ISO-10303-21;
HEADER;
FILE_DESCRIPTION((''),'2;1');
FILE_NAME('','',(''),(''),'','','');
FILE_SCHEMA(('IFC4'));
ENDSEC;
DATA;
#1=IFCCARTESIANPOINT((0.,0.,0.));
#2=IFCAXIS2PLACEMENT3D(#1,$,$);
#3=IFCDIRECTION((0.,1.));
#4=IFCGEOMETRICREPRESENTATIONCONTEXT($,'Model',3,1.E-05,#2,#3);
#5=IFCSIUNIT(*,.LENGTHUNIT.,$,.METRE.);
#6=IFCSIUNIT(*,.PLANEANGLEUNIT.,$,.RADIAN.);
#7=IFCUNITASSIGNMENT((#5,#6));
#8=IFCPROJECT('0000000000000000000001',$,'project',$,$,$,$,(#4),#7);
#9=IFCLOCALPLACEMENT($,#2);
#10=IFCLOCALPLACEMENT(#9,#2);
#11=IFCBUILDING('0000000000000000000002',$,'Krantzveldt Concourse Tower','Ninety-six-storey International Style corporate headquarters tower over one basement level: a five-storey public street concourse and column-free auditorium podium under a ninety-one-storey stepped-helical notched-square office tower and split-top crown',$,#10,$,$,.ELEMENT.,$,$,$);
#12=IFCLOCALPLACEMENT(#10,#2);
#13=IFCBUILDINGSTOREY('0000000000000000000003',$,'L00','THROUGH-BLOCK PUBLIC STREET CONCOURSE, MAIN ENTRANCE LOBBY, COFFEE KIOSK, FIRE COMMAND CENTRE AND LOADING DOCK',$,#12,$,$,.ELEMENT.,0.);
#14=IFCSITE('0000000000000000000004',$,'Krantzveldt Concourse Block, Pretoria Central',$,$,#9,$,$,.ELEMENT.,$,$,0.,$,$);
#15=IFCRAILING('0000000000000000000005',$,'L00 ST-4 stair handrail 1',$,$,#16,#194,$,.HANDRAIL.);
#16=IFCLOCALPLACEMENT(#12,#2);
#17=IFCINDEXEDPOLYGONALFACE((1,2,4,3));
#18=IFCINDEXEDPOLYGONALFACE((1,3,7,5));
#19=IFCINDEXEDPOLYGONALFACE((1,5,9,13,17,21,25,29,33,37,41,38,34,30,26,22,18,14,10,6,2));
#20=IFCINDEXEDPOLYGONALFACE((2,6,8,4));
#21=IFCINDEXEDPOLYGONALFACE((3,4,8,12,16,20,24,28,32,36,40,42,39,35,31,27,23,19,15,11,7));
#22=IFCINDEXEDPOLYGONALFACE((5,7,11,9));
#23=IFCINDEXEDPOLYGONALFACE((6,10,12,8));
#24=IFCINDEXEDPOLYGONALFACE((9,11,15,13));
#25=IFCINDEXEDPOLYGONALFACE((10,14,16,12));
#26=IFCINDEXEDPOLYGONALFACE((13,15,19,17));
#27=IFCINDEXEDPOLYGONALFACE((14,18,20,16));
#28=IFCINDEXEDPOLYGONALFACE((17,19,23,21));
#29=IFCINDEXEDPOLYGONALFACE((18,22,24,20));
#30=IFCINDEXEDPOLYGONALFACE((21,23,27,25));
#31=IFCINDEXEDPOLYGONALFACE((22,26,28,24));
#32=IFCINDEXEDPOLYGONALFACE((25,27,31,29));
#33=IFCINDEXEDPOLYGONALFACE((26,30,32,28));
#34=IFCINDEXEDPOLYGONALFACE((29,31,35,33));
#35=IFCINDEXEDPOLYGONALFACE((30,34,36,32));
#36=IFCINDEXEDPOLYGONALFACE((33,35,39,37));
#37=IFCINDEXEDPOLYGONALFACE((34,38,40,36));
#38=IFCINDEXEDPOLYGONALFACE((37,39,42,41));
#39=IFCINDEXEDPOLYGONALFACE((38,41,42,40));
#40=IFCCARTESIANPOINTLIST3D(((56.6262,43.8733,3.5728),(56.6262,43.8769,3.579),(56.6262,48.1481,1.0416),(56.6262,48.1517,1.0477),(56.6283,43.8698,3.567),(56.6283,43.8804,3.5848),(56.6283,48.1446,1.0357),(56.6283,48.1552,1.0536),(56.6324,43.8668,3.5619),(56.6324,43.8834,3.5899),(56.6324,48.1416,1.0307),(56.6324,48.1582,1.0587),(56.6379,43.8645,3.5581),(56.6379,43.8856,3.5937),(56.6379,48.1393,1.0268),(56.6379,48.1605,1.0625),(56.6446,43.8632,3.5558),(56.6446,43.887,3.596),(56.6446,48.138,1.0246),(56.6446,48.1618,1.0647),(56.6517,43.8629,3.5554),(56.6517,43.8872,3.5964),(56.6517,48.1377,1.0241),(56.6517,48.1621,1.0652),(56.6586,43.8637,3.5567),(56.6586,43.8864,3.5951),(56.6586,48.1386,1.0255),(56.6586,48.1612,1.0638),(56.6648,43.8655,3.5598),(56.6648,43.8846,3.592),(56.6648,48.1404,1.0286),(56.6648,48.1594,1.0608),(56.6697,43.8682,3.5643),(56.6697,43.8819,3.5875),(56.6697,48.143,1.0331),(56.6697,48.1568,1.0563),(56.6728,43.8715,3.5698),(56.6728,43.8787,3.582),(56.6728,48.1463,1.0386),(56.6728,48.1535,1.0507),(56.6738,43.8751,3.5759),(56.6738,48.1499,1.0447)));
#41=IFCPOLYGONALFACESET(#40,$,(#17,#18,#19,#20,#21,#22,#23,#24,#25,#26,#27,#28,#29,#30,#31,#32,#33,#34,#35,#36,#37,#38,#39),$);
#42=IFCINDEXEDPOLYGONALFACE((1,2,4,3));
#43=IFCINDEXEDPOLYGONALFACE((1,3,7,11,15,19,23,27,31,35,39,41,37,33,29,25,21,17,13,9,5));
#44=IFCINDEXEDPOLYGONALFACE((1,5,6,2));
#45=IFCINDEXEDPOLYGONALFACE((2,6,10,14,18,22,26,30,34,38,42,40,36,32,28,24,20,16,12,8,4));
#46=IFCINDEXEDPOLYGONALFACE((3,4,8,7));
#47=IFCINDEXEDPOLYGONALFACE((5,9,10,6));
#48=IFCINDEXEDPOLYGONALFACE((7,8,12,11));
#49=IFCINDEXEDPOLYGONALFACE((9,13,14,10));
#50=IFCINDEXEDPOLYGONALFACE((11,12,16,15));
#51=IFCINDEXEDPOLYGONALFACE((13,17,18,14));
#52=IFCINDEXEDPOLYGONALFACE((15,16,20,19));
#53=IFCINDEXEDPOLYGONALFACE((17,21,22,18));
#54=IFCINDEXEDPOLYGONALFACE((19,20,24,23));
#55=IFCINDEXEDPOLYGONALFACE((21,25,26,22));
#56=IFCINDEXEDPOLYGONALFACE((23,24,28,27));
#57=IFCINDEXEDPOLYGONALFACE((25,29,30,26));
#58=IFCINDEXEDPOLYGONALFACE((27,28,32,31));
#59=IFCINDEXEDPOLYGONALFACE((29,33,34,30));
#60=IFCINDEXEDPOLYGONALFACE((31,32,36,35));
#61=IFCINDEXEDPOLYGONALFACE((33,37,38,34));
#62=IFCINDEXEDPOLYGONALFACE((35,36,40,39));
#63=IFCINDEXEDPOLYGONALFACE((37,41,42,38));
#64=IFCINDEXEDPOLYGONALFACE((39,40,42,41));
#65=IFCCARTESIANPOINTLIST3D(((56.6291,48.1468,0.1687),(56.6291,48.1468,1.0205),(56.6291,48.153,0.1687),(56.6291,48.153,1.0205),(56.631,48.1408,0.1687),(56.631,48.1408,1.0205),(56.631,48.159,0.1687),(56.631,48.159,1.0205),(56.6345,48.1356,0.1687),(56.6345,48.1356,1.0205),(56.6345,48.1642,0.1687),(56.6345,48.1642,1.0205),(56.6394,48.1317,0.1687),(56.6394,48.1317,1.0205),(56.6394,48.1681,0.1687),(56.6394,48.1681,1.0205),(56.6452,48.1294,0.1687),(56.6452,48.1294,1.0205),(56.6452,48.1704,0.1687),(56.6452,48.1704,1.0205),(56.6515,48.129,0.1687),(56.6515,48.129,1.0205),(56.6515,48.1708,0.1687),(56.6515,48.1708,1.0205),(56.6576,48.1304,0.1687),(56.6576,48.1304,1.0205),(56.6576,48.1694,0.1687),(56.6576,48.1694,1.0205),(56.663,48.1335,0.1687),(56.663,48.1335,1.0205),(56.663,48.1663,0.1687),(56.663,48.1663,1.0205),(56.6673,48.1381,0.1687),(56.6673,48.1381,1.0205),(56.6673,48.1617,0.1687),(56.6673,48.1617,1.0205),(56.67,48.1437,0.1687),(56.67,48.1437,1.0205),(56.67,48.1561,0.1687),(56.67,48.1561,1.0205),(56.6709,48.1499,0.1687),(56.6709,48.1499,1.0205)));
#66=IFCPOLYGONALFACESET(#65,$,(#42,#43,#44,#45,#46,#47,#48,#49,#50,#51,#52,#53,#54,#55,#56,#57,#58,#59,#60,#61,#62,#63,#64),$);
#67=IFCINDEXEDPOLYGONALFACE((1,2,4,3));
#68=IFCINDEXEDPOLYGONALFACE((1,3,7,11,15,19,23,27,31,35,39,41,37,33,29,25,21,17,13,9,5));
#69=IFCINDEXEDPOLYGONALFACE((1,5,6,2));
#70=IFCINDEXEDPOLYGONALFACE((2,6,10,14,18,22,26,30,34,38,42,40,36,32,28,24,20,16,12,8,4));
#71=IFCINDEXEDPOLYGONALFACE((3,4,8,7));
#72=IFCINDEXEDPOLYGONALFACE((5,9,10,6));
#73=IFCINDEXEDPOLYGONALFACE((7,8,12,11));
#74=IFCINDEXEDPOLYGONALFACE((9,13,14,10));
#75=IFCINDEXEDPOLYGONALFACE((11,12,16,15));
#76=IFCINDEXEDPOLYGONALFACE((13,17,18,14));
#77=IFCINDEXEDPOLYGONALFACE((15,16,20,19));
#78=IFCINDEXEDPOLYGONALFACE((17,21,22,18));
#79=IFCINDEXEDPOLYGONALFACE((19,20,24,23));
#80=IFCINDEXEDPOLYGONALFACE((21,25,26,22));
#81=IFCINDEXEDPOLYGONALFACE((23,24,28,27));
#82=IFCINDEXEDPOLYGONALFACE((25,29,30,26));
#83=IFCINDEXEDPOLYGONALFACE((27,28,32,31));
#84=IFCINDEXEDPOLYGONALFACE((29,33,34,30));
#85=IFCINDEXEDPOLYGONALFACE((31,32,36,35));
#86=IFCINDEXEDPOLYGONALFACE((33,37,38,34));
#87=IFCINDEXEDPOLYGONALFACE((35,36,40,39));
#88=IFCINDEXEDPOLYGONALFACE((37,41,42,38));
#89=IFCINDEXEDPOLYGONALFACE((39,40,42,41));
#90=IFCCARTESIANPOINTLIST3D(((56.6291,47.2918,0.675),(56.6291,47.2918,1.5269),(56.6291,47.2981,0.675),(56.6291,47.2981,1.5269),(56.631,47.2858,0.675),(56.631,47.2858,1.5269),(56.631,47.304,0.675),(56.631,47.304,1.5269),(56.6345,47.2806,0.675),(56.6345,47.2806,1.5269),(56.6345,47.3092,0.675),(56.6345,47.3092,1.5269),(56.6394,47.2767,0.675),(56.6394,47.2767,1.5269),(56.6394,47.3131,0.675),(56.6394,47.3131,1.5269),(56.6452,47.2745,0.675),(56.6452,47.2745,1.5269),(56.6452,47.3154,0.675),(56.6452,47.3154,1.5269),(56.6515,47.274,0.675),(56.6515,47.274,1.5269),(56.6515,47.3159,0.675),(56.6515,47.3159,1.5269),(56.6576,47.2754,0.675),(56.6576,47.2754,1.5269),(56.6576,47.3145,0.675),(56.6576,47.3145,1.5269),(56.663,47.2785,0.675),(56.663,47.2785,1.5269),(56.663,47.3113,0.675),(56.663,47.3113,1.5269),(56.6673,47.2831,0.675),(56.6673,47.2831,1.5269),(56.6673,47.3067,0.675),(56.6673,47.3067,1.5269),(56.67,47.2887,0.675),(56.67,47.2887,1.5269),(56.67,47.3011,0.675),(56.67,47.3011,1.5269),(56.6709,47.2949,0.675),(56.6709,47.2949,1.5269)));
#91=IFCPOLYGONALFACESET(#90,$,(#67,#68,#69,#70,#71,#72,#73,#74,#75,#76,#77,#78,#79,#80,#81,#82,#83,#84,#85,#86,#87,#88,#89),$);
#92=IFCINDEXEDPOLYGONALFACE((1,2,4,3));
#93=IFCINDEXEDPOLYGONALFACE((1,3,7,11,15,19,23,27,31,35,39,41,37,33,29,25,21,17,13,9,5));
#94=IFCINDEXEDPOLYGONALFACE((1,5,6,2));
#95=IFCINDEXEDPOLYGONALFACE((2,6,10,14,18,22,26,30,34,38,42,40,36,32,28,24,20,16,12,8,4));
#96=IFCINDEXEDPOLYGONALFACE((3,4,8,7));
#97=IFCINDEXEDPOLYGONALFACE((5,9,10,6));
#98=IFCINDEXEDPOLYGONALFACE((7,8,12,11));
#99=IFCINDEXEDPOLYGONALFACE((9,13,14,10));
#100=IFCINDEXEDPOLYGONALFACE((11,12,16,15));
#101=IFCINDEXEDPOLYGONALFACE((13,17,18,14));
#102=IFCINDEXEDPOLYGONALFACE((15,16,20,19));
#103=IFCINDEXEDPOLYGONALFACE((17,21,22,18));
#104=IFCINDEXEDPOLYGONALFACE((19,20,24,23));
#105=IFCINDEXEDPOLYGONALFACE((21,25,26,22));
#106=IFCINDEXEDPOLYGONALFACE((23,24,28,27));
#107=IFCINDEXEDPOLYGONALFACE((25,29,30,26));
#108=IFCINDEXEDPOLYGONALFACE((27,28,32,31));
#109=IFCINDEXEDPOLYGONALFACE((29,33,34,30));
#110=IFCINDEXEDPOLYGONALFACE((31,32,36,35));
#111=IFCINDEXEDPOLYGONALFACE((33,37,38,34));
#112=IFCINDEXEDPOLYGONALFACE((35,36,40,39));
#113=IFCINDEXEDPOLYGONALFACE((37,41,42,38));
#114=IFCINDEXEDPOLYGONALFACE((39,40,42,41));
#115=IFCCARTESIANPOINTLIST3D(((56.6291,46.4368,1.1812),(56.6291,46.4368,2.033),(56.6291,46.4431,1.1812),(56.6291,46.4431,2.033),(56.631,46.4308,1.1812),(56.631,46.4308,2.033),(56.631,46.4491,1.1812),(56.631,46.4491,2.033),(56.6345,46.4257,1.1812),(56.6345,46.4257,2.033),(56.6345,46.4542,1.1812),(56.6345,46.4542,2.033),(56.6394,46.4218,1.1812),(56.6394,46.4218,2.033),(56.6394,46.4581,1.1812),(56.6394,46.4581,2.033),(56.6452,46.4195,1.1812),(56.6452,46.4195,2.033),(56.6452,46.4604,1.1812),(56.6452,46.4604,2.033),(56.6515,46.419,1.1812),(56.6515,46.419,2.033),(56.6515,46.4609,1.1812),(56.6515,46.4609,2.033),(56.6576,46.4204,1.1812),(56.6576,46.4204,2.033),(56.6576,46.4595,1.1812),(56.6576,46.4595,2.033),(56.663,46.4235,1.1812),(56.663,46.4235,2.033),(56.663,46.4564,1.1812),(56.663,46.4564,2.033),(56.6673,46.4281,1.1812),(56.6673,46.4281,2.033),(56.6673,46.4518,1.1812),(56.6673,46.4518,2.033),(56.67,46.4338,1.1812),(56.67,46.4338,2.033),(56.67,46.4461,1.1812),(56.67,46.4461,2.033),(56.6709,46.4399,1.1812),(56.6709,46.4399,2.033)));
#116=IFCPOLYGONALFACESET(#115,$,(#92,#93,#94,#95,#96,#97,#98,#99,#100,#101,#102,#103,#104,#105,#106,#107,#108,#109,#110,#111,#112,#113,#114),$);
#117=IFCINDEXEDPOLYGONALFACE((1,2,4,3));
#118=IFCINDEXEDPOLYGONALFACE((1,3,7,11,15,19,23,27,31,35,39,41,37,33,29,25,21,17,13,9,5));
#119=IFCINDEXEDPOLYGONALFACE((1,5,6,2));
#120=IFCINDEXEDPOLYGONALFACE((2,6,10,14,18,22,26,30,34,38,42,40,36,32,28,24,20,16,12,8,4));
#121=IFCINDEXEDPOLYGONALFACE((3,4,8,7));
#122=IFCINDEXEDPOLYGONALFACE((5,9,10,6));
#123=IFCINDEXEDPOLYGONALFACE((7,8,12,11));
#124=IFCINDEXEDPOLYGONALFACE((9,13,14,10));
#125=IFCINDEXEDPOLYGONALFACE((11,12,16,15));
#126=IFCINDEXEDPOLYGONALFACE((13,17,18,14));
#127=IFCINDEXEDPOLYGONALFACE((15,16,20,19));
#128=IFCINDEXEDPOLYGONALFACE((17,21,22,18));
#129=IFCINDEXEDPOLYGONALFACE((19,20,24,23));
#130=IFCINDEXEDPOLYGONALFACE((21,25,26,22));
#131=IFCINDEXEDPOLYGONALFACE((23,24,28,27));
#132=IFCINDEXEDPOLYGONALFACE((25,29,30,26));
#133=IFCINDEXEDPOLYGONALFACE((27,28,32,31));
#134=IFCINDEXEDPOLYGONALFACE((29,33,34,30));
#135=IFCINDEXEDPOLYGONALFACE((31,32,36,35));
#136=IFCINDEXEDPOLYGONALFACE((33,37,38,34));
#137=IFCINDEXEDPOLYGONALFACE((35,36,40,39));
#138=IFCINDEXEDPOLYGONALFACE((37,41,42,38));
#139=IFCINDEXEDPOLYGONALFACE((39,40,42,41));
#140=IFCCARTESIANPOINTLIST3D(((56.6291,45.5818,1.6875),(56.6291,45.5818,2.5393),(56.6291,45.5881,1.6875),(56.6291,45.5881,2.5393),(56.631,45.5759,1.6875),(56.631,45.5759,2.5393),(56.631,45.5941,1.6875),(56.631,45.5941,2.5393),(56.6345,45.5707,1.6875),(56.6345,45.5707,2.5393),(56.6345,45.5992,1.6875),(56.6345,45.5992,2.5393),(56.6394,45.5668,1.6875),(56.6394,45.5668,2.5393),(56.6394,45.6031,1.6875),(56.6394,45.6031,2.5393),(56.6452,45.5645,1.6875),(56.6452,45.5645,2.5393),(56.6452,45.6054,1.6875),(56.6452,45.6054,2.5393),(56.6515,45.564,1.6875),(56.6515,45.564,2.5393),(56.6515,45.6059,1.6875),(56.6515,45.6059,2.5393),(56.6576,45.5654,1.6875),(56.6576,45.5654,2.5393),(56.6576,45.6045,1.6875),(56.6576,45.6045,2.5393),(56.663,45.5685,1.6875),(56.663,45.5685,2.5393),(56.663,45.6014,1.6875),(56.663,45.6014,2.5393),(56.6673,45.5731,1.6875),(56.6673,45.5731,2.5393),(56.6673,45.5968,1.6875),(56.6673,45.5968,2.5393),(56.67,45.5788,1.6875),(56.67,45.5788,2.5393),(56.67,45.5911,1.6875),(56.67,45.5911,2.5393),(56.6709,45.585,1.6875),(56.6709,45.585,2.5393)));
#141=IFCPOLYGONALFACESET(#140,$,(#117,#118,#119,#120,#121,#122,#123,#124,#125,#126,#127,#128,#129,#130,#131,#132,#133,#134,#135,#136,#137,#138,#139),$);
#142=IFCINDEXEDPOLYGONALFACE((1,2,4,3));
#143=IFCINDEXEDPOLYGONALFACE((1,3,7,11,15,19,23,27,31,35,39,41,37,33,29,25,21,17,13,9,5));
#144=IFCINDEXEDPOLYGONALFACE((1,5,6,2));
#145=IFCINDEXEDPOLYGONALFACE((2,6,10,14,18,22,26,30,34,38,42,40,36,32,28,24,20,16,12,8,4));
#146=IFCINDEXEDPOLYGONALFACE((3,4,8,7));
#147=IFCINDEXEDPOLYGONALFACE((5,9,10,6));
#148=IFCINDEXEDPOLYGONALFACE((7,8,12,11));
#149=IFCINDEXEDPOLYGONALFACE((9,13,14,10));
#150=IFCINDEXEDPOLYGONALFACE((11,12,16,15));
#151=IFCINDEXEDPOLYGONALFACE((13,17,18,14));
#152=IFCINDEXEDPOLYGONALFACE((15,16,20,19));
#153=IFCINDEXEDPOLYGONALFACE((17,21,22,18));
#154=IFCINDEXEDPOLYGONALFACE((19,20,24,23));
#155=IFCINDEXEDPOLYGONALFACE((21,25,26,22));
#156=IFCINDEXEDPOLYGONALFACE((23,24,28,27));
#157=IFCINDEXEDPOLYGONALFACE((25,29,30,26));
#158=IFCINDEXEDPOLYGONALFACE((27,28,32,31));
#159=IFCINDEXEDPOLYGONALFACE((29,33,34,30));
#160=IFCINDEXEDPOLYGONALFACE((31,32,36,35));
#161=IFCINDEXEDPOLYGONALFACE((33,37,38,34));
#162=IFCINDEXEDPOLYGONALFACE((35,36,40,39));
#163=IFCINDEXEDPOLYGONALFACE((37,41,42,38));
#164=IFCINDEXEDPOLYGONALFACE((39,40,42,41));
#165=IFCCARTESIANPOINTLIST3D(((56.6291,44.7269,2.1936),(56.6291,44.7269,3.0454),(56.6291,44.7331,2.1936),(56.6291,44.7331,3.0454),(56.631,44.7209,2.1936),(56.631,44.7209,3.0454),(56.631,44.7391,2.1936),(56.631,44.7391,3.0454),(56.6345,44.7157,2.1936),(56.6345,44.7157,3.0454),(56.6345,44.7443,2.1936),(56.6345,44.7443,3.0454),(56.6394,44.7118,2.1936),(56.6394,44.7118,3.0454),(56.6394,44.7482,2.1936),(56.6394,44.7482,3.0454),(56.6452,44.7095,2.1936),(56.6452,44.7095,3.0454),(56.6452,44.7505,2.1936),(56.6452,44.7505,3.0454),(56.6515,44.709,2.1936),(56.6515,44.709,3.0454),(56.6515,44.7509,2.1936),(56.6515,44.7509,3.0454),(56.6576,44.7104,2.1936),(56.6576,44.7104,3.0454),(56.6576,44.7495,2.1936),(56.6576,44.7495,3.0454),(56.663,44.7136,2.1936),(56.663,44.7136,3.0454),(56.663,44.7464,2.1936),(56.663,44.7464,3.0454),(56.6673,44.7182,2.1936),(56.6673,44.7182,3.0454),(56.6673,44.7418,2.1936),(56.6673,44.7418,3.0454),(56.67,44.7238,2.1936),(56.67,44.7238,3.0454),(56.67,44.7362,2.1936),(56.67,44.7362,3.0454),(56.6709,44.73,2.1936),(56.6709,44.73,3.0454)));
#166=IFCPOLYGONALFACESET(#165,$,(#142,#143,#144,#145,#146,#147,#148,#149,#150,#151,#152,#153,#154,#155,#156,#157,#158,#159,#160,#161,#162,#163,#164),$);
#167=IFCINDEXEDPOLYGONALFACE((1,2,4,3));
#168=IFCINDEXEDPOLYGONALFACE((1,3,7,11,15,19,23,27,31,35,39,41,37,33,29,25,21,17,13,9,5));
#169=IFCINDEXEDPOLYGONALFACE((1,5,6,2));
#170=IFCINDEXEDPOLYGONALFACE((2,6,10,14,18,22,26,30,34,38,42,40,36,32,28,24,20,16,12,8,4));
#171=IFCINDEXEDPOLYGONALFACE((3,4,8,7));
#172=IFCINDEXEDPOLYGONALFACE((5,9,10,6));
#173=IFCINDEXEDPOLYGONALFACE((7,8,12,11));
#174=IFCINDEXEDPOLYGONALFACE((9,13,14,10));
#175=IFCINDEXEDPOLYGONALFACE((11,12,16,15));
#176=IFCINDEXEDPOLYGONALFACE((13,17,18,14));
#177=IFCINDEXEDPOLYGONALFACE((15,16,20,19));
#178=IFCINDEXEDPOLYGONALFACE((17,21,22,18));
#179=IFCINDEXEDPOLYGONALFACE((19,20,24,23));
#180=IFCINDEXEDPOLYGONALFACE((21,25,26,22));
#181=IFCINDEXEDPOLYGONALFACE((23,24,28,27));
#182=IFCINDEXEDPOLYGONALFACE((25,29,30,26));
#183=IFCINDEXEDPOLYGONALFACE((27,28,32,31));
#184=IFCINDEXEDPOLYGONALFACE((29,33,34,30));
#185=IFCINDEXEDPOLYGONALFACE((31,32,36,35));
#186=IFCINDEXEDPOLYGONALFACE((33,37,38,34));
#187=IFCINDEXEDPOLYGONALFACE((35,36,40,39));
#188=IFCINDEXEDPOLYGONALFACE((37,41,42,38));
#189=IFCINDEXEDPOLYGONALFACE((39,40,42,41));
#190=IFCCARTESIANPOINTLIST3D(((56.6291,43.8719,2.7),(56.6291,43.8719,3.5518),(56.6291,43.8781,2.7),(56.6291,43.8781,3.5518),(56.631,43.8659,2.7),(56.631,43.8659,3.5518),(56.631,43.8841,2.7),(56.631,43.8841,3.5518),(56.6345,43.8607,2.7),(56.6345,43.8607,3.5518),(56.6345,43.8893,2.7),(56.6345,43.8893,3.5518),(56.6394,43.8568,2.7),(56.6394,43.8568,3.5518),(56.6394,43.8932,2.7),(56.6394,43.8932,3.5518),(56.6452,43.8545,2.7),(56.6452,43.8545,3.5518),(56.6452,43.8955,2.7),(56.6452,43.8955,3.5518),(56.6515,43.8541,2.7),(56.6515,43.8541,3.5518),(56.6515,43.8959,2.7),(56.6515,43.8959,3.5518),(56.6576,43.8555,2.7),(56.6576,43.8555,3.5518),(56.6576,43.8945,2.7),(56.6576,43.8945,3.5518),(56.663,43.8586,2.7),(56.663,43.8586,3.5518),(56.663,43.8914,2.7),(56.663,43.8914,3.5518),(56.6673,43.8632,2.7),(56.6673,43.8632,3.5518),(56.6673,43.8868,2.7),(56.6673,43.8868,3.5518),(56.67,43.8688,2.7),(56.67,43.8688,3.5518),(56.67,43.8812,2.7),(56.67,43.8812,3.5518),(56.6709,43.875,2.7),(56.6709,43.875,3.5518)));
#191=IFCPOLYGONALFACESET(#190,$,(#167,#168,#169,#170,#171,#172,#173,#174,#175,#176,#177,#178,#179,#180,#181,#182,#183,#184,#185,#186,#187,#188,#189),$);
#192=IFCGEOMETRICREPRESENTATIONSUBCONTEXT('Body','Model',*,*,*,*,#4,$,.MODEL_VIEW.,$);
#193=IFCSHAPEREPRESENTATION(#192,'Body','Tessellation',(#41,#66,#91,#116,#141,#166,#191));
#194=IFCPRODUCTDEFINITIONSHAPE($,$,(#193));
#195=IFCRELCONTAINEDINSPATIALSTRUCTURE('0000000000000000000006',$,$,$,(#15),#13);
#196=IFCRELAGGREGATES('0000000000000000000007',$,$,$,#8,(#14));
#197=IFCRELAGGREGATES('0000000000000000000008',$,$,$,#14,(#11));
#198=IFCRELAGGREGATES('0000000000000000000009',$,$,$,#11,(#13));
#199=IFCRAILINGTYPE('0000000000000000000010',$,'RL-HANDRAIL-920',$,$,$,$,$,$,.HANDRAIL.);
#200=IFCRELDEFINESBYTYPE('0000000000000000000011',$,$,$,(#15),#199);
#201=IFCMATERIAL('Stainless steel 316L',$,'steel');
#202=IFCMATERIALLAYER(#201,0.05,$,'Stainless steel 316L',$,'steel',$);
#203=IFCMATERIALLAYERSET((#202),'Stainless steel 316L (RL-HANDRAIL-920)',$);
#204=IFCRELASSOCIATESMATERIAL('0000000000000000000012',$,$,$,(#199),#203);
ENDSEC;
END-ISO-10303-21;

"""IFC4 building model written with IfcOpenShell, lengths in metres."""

from ifc_helpers import new_model, si_unit, direction, frame, origin, origin_2d, place, context, subcontext, project, spatial, circle, extrude, material, layer, layer_set, type_object, element, save


model = new_model("IFC4")

# Units and contexts
model_context = context("Model", 3, precision=1e-05, world=origin(), true_north=direction((0.0, 1.0)))
body_context = subcontext(model_context, "Body", "Model", "MODEL_VIEW")
ifc_project = project(units=[si_unit("LENGTHUNIT", "METRE"), si_unit("PLANEANGLEUNIT", "RADIAN")], contexts=[model_context])

# Site, building, storey
site_placement = place(None, origin())
site = spatial("IfcSite", under=ifc_project, at=site_placement, Name="Krantzveldt Concourse Block, Pretoria Central", CompositionType="ELEMENT", RefElevation=0.0)
building_placement = place(site_placement, origin())
building = spatial("IfcBuilding", under=site, at=building_placement, Name="Krantzveldt Concourse Tower", Description="Ninety-six-storey International Style corporate headquarters tower over one basement level: a five-storey public street concourse and column-free auditorium podium under a ninety-one-storey stepped-helical notched-square office tower and split-top crown", CompositionType="ELEMENT")
storey_placement = place(building_placement, origin())
storey = spatial("IfcBuildingStorey", under=building, at=storey_placement, Name="L00", Description="THROUGH-BLOCK PUBLIC STREET CONCOURSE, MAIN ENTRANCE LOBBY, COFFEE KIOSK, FIRE COMMAND CENTRE AND LOADING DOCK", CompositionType="ELEMENT", Elevation=0.0)

# Railing
ifc_material_1 = material(Name="Stainless steel 316L", Category="steel")
ifc_layer_1 = layer(ifc_material_1, 0.05, Name="Stainless steel 316L", Category="steel")
ifc_layer_set_1 = layer_set([ifc_layer_1], Name="Stainless steel 316L (RL-HANDRAIL-920)")
railing_type_1 = type_object("IfcRailingType", Name="RL-HANDRAIL-920", PredefinedType="HANDRAIL", material=ifc_layer_set_1)
railing_1_placement = place(storey_placement, frame((56.6499, 48.1499, 0.1687)))
element("IfcRailing", 1, at=railing_1_placement, inside=storey, type_object=railing_type_1, Name="L00 ST-4 stair handrail 1", PredefinedType="HANDRAIL", context=body_context, shape_type="SweptSolid", body=[
    extrude(circle(Radius=0.0239, at=origin_2d()), frame((0.0, 0.0, 0.876), z_axis=(0.0, -0.86047, 0.509501), x_axis=(1.0, 0.0, 0.0)), (0.0, 0.0, 1.0), 4.968),
    extrude(circle(Radius=0.021, at=origin_2d()), origin(), (0.0, 0.0, 1.0), 0.8518),
    extrude(circle(Radius=0.021, at=origin_2d()), frame((0.0, -0.855, 0.5063)), (0.0, 0.0, 1.0), 0.8518),
    extrude(circle(Radius=0.021, at=origin_2d()), frame((0.0, -1.71, 1.0125)), (0.0, 0.0, 1.0), 0.8518),
    extrude(circle(Radius=0.021, at=origin_2d()), frame((0.0, -2.5649, 1.5188)), (0.0, 0.0, 1.0), 0.8518),
    extrude(circle(Radius=0.021, at=origin_2d()), frame((0.0, -3.4199, 2.0249)), (0.0, 0.0, 1.0), 0.8518),
    extrude(circle(Radius=0.021, at=origin_2d()), frame((0.0, -4.2749, 2.5312)), (0.0, 0.0, 1.0), 0.8518),
])

save(model, "model.ifc")
